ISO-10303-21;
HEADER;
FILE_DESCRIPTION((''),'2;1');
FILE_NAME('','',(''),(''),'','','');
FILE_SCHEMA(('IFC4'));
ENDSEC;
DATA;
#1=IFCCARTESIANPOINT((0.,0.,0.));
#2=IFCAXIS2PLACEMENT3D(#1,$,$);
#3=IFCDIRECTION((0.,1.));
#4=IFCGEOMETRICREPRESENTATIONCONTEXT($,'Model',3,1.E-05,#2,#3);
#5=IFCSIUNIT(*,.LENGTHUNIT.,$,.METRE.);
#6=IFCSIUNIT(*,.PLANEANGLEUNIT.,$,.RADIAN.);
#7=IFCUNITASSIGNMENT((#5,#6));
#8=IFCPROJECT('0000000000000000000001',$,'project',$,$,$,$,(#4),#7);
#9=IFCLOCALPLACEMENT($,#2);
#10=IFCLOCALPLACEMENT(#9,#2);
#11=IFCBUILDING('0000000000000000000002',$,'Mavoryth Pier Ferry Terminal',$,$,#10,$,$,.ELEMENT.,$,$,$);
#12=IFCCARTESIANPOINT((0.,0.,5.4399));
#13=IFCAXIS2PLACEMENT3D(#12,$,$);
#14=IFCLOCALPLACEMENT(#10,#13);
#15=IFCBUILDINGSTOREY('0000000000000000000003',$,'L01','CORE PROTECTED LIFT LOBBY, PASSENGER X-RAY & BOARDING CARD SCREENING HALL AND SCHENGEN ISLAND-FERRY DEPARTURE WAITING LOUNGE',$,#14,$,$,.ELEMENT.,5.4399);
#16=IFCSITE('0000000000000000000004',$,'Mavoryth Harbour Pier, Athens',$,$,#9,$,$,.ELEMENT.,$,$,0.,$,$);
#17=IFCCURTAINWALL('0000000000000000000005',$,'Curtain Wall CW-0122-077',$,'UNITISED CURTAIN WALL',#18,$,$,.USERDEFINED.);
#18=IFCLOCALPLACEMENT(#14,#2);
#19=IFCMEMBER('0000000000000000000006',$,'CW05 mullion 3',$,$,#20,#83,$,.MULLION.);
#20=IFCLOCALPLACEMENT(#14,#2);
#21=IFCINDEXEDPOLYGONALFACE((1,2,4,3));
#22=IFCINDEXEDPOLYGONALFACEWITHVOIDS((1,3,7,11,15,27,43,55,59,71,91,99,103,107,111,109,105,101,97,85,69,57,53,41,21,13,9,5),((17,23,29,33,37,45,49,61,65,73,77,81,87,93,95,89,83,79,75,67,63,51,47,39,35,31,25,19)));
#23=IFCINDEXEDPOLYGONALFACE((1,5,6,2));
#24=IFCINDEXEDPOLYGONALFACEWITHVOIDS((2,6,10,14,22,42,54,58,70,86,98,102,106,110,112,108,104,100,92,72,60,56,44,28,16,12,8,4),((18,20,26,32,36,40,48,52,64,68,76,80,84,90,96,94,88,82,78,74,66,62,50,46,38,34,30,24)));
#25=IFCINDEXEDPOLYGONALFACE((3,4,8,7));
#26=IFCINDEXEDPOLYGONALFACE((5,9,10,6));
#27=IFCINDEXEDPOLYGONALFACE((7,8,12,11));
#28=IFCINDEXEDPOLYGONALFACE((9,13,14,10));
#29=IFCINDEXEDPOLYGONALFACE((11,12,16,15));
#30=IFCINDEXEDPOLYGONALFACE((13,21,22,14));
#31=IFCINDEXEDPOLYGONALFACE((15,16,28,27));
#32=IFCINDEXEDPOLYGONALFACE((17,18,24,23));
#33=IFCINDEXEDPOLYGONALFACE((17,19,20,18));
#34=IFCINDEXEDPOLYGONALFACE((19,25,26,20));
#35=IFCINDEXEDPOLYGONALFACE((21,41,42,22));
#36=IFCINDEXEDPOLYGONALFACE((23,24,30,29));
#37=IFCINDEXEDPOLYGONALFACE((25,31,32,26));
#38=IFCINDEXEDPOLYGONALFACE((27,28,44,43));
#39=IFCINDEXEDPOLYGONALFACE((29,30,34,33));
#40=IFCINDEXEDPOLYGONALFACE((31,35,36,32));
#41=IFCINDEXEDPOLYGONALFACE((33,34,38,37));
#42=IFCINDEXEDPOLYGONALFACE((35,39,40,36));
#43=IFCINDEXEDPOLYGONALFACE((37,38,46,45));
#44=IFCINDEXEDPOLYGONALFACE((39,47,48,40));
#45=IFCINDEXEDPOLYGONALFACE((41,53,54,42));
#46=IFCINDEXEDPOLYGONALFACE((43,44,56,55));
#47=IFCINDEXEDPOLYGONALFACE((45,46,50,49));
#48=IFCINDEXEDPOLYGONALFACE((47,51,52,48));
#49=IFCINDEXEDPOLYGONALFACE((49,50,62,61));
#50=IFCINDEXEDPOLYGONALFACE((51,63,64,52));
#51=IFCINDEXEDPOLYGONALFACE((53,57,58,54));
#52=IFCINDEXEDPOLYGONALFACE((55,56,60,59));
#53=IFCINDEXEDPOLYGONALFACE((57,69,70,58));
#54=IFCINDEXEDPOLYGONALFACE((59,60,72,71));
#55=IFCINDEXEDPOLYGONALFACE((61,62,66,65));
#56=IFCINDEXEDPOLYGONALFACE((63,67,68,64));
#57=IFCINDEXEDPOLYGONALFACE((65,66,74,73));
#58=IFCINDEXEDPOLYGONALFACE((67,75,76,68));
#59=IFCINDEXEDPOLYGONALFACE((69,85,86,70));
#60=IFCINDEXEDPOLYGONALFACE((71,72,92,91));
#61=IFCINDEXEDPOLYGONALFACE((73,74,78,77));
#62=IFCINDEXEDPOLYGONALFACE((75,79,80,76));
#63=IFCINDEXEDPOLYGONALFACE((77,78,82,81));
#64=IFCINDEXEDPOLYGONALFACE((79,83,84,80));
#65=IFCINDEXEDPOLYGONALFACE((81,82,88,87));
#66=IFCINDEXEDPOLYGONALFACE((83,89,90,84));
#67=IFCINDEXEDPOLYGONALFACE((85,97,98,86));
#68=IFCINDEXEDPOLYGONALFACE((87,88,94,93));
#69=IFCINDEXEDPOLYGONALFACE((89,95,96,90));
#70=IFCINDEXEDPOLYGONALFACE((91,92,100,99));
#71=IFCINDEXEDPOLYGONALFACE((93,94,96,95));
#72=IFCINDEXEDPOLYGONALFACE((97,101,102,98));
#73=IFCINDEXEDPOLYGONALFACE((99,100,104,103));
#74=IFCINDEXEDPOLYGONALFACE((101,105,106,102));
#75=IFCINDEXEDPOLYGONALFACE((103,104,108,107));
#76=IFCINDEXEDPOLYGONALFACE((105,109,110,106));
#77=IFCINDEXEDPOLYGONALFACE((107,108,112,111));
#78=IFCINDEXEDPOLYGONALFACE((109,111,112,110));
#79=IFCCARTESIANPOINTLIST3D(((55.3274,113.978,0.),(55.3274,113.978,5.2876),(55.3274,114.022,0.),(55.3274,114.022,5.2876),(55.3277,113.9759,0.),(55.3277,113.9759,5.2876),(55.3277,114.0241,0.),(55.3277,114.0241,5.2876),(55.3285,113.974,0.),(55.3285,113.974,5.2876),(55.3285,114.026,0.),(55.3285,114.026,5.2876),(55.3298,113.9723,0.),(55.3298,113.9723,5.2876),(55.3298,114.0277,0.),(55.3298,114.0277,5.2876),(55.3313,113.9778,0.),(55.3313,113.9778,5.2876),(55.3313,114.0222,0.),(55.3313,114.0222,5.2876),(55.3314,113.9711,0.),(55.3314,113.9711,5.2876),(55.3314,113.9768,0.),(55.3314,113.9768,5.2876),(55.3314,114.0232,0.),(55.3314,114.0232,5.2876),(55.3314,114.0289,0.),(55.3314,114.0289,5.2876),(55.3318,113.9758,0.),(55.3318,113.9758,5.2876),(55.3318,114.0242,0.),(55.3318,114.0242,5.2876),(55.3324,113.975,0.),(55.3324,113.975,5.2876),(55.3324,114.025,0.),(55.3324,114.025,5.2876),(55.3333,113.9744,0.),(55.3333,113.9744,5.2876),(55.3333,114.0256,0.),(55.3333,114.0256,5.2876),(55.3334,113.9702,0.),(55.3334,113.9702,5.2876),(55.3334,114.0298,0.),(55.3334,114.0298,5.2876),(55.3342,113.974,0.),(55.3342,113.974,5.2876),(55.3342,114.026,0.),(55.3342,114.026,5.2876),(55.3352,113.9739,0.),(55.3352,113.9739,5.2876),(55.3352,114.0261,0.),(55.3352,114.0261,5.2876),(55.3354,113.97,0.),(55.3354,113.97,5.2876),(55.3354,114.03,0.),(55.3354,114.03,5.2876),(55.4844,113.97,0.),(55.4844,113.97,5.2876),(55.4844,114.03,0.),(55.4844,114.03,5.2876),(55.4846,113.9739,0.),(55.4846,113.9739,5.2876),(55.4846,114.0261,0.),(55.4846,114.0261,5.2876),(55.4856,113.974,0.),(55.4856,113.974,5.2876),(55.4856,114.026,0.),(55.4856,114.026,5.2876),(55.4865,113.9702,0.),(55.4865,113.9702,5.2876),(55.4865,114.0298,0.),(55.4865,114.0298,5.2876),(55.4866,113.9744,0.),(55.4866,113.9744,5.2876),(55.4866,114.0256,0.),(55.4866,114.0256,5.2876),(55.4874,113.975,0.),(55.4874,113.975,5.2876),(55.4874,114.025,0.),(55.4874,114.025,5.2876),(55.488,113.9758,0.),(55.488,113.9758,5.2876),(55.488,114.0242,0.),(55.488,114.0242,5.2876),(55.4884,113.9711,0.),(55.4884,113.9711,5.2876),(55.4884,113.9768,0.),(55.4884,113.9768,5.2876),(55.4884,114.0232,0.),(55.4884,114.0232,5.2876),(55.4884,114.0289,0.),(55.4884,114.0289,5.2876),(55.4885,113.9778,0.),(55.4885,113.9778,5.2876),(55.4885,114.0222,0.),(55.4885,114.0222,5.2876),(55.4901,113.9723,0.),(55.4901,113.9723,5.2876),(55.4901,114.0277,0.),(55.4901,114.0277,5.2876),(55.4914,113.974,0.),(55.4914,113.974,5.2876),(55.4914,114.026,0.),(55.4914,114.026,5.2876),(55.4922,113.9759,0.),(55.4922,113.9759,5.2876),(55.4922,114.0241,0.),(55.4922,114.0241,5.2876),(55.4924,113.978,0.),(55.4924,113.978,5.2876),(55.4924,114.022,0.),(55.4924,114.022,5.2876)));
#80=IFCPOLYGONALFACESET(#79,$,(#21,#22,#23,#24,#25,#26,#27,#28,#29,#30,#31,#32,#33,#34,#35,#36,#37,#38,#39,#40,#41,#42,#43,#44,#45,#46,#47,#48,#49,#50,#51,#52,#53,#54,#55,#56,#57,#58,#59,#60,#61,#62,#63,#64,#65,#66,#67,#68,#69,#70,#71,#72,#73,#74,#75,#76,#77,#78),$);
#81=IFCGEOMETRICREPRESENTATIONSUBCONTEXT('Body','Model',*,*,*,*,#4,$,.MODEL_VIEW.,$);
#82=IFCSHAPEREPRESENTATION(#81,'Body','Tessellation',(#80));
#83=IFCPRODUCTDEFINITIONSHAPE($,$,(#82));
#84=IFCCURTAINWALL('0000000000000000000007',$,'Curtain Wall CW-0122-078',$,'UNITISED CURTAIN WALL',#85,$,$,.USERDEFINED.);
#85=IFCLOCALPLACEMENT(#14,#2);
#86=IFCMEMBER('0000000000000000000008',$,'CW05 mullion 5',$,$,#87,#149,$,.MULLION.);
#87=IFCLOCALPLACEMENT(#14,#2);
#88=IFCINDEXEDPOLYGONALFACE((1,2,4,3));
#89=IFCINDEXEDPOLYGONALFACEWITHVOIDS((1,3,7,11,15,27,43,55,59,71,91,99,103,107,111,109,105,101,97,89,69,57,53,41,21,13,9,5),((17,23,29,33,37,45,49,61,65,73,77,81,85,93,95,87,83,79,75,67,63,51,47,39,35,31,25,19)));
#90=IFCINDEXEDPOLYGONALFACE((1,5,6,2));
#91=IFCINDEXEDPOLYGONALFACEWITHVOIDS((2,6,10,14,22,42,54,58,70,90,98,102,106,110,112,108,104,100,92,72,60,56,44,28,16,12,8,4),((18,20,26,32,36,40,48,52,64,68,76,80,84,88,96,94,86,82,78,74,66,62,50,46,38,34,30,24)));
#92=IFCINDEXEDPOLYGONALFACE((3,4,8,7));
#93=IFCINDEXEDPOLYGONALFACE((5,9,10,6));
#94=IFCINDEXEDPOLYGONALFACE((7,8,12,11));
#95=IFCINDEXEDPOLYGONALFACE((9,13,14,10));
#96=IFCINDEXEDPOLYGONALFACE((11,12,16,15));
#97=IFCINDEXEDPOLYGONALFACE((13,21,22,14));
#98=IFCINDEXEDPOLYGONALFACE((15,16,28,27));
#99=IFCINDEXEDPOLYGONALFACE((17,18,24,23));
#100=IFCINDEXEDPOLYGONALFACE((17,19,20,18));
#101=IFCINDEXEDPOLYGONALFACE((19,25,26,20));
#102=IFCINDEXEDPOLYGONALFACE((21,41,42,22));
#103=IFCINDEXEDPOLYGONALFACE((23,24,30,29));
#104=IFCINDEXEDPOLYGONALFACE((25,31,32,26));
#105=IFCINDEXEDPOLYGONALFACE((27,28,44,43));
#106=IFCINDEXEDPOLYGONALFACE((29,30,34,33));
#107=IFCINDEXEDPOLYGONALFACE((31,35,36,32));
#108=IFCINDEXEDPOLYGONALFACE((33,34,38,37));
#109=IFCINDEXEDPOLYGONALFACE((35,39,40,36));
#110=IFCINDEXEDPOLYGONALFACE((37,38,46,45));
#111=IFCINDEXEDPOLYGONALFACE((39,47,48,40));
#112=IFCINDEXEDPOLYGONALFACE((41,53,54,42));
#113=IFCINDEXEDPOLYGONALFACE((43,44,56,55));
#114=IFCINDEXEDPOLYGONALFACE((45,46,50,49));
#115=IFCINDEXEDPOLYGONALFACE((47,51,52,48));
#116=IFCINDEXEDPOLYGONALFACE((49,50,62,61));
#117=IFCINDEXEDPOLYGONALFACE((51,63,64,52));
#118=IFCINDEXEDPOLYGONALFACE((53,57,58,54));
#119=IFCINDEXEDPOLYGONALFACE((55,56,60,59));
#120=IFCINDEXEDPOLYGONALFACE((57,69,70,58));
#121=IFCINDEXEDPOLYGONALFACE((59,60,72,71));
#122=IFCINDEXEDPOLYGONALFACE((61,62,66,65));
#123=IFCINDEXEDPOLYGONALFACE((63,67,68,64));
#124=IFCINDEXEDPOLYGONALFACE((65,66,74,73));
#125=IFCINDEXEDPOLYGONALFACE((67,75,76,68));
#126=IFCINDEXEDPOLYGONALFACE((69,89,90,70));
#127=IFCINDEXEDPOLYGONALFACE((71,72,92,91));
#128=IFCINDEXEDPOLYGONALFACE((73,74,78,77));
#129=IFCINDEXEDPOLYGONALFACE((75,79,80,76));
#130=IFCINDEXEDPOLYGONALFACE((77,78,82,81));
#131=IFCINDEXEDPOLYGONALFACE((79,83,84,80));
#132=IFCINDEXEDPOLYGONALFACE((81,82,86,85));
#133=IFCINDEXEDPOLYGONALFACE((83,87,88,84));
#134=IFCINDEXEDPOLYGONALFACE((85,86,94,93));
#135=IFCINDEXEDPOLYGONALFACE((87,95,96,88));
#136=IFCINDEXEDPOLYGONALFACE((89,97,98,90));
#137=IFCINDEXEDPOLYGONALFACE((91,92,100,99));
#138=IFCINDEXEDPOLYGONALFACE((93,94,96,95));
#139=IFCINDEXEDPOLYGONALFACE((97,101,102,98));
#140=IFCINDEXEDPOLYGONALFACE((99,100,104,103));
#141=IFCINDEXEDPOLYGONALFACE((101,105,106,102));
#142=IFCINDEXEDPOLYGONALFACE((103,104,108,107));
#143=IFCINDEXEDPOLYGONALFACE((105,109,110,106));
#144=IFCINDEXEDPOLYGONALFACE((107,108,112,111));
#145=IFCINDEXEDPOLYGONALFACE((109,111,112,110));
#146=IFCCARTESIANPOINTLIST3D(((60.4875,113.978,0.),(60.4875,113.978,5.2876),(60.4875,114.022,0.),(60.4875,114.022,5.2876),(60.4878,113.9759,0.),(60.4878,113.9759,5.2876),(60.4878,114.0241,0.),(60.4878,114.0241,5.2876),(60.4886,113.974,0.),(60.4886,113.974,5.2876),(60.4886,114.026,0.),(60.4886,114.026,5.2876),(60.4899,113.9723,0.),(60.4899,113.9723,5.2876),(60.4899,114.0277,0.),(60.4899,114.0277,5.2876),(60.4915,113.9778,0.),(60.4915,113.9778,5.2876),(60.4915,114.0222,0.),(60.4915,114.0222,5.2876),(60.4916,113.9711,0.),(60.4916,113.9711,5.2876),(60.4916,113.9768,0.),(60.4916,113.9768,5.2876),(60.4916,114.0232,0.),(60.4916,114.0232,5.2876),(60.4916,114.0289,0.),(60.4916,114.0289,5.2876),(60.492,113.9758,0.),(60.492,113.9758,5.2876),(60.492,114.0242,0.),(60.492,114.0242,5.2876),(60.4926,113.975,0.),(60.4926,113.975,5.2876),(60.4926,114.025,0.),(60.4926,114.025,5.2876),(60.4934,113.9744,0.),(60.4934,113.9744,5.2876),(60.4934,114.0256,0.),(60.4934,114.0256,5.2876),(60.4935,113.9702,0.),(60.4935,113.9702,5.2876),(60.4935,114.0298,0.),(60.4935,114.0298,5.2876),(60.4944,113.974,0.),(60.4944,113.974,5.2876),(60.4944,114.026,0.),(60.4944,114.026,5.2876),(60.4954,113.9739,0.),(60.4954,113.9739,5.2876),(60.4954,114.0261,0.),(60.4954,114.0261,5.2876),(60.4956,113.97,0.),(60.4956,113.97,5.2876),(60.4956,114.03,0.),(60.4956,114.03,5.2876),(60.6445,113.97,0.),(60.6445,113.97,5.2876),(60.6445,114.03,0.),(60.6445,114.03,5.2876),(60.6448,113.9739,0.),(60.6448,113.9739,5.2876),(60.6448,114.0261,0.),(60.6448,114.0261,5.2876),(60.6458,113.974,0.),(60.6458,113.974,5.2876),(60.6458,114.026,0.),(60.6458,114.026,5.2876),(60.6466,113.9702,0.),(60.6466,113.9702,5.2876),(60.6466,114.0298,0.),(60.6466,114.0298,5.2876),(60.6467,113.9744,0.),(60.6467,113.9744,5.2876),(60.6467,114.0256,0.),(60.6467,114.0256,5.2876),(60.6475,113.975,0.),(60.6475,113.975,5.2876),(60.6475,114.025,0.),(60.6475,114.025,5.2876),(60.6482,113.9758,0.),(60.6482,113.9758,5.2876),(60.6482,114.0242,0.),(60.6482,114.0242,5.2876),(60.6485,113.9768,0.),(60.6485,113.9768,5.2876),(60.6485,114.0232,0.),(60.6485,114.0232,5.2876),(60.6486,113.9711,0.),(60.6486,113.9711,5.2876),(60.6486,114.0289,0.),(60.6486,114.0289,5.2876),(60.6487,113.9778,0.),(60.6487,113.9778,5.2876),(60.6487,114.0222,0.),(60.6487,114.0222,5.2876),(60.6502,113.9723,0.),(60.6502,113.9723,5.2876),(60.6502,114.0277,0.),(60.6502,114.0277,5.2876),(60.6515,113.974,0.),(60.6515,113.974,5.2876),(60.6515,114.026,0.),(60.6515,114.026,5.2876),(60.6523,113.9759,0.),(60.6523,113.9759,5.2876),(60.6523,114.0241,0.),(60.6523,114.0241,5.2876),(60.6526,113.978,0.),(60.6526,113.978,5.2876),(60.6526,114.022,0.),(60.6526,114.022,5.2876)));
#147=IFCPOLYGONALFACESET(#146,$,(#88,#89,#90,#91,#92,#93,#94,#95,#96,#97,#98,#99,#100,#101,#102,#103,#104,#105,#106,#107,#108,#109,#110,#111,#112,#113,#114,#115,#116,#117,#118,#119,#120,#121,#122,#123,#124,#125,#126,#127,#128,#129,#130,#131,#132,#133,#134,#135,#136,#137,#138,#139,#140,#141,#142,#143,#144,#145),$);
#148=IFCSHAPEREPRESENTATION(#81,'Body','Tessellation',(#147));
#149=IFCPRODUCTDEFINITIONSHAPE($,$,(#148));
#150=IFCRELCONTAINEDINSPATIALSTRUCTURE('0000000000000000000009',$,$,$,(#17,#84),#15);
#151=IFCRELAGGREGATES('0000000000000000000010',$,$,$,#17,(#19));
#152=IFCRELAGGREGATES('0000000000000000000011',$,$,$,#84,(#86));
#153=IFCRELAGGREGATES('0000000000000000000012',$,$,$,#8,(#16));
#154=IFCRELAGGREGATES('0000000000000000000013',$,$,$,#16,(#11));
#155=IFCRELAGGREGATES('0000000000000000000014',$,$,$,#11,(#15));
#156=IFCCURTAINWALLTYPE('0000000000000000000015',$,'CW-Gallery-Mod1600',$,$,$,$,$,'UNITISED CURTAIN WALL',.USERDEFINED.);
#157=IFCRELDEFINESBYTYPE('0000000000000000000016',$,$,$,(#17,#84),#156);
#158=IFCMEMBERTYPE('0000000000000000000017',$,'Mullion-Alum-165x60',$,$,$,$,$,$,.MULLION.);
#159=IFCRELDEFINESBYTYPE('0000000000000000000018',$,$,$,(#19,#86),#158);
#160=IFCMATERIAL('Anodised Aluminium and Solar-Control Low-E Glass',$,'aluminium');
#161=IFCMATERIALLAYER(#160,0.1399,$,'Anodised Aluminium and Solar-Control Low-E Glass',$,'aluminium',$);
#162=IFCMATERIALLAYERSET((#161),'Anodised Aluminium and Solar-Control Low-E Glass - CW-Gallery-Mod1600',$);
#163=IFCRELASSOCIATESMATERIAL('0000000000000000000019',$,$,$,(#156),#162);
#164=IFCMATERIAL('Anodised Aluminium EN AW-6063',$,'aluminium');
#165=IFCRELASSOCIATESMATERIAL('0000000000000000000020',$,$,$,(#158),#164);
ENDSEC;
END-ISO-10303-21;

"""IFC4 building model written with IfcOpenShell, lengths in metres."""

from ifc_helpers import new_model, si_unit, direction, frame, origin, origin_2d, place, context, subcontext, project, spatial, hollow_rectangle, extrude, material, layer, layer_set, material_profile, profile_set, type_object, element, aggregate, save


model = new_model("IFC4")

# Units and contexts
model_context = context("Model", 3, precision=1e-05, world=origin(), true_north=direction((0.0, 1.0)))
body_context = subcontext(model_context, "Body", "Model", "MODEL_VIEW")
ifc_project = project(units=[si_unit("LENGTHUNIT", "METRE"), si_unit("PLANEANGLEUNIT", "RADIAN")], contexts=[model_context])

# Site, building, storey
site_placement = place(None, origin())
site = spatial("IfcSite", under=ifc_project, at=site_placement, Name="Mavoryth Harbour Pier, Athens", CompositionType="ELEMENT", RefElevation=0.0)
building_placement = place(site_placement, origin())
building = spatial("IfcBuilding", under=site, at=building_placement, Name="Mavoryth Pier Ferry Terminal", CompositionType="ELEMENT")
storey_placement = place(building_placement, frame((0.0, 0.0, 5.4399)))
storey = spatial("IfcBuildingStorey", under=building, at=storey_placement, Name="L01", Description="CORE PROTECTED LIFT LOBBY, PASSENGER X-RAY & BOARDING CARD SCREENING HALL AND SCHENGEN ISLAND-FERRY DEPARTURE WAITING LOUNGE", CompositionType="ELEMENT", Elevation=5.4399)

# Curtain walls, members
ifc_material_1 = material(Name="Anodised Aluminium and Solar-Control Low-E Glass", Category="aluminium")
ifc_layer_1 = layer(ifc_material_1, 0.1399, Name="Anodised Aluminium and Solar-Control Low-E Glass", Category="aluminium")
ifc_layer_set_1 = layer_set([ifc_layer_1], Name="Anodised Aluminium and Solar-Control Low-E Glass - CW-Gallery-Mod1600")
curtain_wall_type = type_object("IfcCurtainWallType", Name="CW-Gallery-Mod1600", ElementType="UNITISED CURTAIN WALL", PredefinedType="USERDEFINED", material=ifc_layer_set_1)
curtain_wall_1_placement = place(storey_placement, origin())
curtain_wall_1 = element("IfcCurtainWall", 1, at=curtain_wall_1_placement, inside=storey, type_object=curtain_wall_type, Name="Curtain Wall CW-0122-077", ObjectType="UNITISED CURTAIN WALL", PredefinedType="USERDEFINED")
ifc_material_2 = material(Name="Anodised Aluminium EN AW-6063", Category="aluminium")
ifc_material_profile_1 = material_profile(ifc_material_2, hollow_rectangle(XDim=0.0601, YDim=0.165, WallThickness=0.0039, InnerFilletRadius=0.0039, OuterFilletRadius=0.0081, at=origin_2d()), Name="AL-MULL 165x60x4", Category="aluminium")
ifc_profile_set_1 = profile_set([ifc_material_profile_1], Name="Anodised Aluminium EN AW-6063 - AL-MULL 165x60x4")
member_type_1 = type_object("IfcMemberType", Name="Mullion-Alum-165x60", PredefinedType="MULLION", material=ifc_profile_set_1)
member_1_placement = place(storey_placement, frame((55.4099, 114.0, 0.0), z_axis=(0.0, 0.0, 1.0), x_axis=(0.0, -1.0, 0.0)))
member_1 = element("IfcMember", 2, at=member_1_placement, type_object=member_type_1, Name="CW05 mullion 3", PredefinedType="MULLION", context=body_context, shape_type="SweptSolid", body=[
    extrude(hollow_rectangle(XDim=0.0601, YDim=0.165, WallThickness=0.0039, InnerFilletRadius=0.0039, OuterFilletRadius=0.0081, at=origin_2d()), origin(), (0.0, 0.0, 1.0), 5.2876),
])
curtain_wall_2_placement = place(storey_placement, origin())
curtain_wall_2 = element("IfcCurtainWall", 3, at=curtain_wall_2_placement, inside=storey, type_object=curtain_wall_type, Name="Curtain Wall CW-0122-078", ObjectType="UNITISED CURTAIN WALL", PredefinedType="USERDEFINED")
member_2_placement = place(storey_placement, frame((60.5701, 114.0, 0.0), z_axis=(0.0, 0.0, 1.0), x_axis=(0.0, -1.0, 0.0)))
member_2 = element("IfcMember", 4, at=member_2_placement, type_object=member_type_1, Name="CW05 mullion 5", PredefinedType="MULLION", context=body_context, shape_type="SweptSolid", body=[
    extrude(hollow_rectangle(XDim=0.0601, YDim=0.165, WallThickness=0.0039, InnerFilletRadius=0.0039, OuterFilletRadius=0.0081, at=origin_2d()), origin(), (0.0, 0.0, 1.0), 5.2876),
])

aggregate(curtain_wall_1, [member_1])
aggregate(curtain_wall_2, [member_2])

save(model, "model.ifc")
